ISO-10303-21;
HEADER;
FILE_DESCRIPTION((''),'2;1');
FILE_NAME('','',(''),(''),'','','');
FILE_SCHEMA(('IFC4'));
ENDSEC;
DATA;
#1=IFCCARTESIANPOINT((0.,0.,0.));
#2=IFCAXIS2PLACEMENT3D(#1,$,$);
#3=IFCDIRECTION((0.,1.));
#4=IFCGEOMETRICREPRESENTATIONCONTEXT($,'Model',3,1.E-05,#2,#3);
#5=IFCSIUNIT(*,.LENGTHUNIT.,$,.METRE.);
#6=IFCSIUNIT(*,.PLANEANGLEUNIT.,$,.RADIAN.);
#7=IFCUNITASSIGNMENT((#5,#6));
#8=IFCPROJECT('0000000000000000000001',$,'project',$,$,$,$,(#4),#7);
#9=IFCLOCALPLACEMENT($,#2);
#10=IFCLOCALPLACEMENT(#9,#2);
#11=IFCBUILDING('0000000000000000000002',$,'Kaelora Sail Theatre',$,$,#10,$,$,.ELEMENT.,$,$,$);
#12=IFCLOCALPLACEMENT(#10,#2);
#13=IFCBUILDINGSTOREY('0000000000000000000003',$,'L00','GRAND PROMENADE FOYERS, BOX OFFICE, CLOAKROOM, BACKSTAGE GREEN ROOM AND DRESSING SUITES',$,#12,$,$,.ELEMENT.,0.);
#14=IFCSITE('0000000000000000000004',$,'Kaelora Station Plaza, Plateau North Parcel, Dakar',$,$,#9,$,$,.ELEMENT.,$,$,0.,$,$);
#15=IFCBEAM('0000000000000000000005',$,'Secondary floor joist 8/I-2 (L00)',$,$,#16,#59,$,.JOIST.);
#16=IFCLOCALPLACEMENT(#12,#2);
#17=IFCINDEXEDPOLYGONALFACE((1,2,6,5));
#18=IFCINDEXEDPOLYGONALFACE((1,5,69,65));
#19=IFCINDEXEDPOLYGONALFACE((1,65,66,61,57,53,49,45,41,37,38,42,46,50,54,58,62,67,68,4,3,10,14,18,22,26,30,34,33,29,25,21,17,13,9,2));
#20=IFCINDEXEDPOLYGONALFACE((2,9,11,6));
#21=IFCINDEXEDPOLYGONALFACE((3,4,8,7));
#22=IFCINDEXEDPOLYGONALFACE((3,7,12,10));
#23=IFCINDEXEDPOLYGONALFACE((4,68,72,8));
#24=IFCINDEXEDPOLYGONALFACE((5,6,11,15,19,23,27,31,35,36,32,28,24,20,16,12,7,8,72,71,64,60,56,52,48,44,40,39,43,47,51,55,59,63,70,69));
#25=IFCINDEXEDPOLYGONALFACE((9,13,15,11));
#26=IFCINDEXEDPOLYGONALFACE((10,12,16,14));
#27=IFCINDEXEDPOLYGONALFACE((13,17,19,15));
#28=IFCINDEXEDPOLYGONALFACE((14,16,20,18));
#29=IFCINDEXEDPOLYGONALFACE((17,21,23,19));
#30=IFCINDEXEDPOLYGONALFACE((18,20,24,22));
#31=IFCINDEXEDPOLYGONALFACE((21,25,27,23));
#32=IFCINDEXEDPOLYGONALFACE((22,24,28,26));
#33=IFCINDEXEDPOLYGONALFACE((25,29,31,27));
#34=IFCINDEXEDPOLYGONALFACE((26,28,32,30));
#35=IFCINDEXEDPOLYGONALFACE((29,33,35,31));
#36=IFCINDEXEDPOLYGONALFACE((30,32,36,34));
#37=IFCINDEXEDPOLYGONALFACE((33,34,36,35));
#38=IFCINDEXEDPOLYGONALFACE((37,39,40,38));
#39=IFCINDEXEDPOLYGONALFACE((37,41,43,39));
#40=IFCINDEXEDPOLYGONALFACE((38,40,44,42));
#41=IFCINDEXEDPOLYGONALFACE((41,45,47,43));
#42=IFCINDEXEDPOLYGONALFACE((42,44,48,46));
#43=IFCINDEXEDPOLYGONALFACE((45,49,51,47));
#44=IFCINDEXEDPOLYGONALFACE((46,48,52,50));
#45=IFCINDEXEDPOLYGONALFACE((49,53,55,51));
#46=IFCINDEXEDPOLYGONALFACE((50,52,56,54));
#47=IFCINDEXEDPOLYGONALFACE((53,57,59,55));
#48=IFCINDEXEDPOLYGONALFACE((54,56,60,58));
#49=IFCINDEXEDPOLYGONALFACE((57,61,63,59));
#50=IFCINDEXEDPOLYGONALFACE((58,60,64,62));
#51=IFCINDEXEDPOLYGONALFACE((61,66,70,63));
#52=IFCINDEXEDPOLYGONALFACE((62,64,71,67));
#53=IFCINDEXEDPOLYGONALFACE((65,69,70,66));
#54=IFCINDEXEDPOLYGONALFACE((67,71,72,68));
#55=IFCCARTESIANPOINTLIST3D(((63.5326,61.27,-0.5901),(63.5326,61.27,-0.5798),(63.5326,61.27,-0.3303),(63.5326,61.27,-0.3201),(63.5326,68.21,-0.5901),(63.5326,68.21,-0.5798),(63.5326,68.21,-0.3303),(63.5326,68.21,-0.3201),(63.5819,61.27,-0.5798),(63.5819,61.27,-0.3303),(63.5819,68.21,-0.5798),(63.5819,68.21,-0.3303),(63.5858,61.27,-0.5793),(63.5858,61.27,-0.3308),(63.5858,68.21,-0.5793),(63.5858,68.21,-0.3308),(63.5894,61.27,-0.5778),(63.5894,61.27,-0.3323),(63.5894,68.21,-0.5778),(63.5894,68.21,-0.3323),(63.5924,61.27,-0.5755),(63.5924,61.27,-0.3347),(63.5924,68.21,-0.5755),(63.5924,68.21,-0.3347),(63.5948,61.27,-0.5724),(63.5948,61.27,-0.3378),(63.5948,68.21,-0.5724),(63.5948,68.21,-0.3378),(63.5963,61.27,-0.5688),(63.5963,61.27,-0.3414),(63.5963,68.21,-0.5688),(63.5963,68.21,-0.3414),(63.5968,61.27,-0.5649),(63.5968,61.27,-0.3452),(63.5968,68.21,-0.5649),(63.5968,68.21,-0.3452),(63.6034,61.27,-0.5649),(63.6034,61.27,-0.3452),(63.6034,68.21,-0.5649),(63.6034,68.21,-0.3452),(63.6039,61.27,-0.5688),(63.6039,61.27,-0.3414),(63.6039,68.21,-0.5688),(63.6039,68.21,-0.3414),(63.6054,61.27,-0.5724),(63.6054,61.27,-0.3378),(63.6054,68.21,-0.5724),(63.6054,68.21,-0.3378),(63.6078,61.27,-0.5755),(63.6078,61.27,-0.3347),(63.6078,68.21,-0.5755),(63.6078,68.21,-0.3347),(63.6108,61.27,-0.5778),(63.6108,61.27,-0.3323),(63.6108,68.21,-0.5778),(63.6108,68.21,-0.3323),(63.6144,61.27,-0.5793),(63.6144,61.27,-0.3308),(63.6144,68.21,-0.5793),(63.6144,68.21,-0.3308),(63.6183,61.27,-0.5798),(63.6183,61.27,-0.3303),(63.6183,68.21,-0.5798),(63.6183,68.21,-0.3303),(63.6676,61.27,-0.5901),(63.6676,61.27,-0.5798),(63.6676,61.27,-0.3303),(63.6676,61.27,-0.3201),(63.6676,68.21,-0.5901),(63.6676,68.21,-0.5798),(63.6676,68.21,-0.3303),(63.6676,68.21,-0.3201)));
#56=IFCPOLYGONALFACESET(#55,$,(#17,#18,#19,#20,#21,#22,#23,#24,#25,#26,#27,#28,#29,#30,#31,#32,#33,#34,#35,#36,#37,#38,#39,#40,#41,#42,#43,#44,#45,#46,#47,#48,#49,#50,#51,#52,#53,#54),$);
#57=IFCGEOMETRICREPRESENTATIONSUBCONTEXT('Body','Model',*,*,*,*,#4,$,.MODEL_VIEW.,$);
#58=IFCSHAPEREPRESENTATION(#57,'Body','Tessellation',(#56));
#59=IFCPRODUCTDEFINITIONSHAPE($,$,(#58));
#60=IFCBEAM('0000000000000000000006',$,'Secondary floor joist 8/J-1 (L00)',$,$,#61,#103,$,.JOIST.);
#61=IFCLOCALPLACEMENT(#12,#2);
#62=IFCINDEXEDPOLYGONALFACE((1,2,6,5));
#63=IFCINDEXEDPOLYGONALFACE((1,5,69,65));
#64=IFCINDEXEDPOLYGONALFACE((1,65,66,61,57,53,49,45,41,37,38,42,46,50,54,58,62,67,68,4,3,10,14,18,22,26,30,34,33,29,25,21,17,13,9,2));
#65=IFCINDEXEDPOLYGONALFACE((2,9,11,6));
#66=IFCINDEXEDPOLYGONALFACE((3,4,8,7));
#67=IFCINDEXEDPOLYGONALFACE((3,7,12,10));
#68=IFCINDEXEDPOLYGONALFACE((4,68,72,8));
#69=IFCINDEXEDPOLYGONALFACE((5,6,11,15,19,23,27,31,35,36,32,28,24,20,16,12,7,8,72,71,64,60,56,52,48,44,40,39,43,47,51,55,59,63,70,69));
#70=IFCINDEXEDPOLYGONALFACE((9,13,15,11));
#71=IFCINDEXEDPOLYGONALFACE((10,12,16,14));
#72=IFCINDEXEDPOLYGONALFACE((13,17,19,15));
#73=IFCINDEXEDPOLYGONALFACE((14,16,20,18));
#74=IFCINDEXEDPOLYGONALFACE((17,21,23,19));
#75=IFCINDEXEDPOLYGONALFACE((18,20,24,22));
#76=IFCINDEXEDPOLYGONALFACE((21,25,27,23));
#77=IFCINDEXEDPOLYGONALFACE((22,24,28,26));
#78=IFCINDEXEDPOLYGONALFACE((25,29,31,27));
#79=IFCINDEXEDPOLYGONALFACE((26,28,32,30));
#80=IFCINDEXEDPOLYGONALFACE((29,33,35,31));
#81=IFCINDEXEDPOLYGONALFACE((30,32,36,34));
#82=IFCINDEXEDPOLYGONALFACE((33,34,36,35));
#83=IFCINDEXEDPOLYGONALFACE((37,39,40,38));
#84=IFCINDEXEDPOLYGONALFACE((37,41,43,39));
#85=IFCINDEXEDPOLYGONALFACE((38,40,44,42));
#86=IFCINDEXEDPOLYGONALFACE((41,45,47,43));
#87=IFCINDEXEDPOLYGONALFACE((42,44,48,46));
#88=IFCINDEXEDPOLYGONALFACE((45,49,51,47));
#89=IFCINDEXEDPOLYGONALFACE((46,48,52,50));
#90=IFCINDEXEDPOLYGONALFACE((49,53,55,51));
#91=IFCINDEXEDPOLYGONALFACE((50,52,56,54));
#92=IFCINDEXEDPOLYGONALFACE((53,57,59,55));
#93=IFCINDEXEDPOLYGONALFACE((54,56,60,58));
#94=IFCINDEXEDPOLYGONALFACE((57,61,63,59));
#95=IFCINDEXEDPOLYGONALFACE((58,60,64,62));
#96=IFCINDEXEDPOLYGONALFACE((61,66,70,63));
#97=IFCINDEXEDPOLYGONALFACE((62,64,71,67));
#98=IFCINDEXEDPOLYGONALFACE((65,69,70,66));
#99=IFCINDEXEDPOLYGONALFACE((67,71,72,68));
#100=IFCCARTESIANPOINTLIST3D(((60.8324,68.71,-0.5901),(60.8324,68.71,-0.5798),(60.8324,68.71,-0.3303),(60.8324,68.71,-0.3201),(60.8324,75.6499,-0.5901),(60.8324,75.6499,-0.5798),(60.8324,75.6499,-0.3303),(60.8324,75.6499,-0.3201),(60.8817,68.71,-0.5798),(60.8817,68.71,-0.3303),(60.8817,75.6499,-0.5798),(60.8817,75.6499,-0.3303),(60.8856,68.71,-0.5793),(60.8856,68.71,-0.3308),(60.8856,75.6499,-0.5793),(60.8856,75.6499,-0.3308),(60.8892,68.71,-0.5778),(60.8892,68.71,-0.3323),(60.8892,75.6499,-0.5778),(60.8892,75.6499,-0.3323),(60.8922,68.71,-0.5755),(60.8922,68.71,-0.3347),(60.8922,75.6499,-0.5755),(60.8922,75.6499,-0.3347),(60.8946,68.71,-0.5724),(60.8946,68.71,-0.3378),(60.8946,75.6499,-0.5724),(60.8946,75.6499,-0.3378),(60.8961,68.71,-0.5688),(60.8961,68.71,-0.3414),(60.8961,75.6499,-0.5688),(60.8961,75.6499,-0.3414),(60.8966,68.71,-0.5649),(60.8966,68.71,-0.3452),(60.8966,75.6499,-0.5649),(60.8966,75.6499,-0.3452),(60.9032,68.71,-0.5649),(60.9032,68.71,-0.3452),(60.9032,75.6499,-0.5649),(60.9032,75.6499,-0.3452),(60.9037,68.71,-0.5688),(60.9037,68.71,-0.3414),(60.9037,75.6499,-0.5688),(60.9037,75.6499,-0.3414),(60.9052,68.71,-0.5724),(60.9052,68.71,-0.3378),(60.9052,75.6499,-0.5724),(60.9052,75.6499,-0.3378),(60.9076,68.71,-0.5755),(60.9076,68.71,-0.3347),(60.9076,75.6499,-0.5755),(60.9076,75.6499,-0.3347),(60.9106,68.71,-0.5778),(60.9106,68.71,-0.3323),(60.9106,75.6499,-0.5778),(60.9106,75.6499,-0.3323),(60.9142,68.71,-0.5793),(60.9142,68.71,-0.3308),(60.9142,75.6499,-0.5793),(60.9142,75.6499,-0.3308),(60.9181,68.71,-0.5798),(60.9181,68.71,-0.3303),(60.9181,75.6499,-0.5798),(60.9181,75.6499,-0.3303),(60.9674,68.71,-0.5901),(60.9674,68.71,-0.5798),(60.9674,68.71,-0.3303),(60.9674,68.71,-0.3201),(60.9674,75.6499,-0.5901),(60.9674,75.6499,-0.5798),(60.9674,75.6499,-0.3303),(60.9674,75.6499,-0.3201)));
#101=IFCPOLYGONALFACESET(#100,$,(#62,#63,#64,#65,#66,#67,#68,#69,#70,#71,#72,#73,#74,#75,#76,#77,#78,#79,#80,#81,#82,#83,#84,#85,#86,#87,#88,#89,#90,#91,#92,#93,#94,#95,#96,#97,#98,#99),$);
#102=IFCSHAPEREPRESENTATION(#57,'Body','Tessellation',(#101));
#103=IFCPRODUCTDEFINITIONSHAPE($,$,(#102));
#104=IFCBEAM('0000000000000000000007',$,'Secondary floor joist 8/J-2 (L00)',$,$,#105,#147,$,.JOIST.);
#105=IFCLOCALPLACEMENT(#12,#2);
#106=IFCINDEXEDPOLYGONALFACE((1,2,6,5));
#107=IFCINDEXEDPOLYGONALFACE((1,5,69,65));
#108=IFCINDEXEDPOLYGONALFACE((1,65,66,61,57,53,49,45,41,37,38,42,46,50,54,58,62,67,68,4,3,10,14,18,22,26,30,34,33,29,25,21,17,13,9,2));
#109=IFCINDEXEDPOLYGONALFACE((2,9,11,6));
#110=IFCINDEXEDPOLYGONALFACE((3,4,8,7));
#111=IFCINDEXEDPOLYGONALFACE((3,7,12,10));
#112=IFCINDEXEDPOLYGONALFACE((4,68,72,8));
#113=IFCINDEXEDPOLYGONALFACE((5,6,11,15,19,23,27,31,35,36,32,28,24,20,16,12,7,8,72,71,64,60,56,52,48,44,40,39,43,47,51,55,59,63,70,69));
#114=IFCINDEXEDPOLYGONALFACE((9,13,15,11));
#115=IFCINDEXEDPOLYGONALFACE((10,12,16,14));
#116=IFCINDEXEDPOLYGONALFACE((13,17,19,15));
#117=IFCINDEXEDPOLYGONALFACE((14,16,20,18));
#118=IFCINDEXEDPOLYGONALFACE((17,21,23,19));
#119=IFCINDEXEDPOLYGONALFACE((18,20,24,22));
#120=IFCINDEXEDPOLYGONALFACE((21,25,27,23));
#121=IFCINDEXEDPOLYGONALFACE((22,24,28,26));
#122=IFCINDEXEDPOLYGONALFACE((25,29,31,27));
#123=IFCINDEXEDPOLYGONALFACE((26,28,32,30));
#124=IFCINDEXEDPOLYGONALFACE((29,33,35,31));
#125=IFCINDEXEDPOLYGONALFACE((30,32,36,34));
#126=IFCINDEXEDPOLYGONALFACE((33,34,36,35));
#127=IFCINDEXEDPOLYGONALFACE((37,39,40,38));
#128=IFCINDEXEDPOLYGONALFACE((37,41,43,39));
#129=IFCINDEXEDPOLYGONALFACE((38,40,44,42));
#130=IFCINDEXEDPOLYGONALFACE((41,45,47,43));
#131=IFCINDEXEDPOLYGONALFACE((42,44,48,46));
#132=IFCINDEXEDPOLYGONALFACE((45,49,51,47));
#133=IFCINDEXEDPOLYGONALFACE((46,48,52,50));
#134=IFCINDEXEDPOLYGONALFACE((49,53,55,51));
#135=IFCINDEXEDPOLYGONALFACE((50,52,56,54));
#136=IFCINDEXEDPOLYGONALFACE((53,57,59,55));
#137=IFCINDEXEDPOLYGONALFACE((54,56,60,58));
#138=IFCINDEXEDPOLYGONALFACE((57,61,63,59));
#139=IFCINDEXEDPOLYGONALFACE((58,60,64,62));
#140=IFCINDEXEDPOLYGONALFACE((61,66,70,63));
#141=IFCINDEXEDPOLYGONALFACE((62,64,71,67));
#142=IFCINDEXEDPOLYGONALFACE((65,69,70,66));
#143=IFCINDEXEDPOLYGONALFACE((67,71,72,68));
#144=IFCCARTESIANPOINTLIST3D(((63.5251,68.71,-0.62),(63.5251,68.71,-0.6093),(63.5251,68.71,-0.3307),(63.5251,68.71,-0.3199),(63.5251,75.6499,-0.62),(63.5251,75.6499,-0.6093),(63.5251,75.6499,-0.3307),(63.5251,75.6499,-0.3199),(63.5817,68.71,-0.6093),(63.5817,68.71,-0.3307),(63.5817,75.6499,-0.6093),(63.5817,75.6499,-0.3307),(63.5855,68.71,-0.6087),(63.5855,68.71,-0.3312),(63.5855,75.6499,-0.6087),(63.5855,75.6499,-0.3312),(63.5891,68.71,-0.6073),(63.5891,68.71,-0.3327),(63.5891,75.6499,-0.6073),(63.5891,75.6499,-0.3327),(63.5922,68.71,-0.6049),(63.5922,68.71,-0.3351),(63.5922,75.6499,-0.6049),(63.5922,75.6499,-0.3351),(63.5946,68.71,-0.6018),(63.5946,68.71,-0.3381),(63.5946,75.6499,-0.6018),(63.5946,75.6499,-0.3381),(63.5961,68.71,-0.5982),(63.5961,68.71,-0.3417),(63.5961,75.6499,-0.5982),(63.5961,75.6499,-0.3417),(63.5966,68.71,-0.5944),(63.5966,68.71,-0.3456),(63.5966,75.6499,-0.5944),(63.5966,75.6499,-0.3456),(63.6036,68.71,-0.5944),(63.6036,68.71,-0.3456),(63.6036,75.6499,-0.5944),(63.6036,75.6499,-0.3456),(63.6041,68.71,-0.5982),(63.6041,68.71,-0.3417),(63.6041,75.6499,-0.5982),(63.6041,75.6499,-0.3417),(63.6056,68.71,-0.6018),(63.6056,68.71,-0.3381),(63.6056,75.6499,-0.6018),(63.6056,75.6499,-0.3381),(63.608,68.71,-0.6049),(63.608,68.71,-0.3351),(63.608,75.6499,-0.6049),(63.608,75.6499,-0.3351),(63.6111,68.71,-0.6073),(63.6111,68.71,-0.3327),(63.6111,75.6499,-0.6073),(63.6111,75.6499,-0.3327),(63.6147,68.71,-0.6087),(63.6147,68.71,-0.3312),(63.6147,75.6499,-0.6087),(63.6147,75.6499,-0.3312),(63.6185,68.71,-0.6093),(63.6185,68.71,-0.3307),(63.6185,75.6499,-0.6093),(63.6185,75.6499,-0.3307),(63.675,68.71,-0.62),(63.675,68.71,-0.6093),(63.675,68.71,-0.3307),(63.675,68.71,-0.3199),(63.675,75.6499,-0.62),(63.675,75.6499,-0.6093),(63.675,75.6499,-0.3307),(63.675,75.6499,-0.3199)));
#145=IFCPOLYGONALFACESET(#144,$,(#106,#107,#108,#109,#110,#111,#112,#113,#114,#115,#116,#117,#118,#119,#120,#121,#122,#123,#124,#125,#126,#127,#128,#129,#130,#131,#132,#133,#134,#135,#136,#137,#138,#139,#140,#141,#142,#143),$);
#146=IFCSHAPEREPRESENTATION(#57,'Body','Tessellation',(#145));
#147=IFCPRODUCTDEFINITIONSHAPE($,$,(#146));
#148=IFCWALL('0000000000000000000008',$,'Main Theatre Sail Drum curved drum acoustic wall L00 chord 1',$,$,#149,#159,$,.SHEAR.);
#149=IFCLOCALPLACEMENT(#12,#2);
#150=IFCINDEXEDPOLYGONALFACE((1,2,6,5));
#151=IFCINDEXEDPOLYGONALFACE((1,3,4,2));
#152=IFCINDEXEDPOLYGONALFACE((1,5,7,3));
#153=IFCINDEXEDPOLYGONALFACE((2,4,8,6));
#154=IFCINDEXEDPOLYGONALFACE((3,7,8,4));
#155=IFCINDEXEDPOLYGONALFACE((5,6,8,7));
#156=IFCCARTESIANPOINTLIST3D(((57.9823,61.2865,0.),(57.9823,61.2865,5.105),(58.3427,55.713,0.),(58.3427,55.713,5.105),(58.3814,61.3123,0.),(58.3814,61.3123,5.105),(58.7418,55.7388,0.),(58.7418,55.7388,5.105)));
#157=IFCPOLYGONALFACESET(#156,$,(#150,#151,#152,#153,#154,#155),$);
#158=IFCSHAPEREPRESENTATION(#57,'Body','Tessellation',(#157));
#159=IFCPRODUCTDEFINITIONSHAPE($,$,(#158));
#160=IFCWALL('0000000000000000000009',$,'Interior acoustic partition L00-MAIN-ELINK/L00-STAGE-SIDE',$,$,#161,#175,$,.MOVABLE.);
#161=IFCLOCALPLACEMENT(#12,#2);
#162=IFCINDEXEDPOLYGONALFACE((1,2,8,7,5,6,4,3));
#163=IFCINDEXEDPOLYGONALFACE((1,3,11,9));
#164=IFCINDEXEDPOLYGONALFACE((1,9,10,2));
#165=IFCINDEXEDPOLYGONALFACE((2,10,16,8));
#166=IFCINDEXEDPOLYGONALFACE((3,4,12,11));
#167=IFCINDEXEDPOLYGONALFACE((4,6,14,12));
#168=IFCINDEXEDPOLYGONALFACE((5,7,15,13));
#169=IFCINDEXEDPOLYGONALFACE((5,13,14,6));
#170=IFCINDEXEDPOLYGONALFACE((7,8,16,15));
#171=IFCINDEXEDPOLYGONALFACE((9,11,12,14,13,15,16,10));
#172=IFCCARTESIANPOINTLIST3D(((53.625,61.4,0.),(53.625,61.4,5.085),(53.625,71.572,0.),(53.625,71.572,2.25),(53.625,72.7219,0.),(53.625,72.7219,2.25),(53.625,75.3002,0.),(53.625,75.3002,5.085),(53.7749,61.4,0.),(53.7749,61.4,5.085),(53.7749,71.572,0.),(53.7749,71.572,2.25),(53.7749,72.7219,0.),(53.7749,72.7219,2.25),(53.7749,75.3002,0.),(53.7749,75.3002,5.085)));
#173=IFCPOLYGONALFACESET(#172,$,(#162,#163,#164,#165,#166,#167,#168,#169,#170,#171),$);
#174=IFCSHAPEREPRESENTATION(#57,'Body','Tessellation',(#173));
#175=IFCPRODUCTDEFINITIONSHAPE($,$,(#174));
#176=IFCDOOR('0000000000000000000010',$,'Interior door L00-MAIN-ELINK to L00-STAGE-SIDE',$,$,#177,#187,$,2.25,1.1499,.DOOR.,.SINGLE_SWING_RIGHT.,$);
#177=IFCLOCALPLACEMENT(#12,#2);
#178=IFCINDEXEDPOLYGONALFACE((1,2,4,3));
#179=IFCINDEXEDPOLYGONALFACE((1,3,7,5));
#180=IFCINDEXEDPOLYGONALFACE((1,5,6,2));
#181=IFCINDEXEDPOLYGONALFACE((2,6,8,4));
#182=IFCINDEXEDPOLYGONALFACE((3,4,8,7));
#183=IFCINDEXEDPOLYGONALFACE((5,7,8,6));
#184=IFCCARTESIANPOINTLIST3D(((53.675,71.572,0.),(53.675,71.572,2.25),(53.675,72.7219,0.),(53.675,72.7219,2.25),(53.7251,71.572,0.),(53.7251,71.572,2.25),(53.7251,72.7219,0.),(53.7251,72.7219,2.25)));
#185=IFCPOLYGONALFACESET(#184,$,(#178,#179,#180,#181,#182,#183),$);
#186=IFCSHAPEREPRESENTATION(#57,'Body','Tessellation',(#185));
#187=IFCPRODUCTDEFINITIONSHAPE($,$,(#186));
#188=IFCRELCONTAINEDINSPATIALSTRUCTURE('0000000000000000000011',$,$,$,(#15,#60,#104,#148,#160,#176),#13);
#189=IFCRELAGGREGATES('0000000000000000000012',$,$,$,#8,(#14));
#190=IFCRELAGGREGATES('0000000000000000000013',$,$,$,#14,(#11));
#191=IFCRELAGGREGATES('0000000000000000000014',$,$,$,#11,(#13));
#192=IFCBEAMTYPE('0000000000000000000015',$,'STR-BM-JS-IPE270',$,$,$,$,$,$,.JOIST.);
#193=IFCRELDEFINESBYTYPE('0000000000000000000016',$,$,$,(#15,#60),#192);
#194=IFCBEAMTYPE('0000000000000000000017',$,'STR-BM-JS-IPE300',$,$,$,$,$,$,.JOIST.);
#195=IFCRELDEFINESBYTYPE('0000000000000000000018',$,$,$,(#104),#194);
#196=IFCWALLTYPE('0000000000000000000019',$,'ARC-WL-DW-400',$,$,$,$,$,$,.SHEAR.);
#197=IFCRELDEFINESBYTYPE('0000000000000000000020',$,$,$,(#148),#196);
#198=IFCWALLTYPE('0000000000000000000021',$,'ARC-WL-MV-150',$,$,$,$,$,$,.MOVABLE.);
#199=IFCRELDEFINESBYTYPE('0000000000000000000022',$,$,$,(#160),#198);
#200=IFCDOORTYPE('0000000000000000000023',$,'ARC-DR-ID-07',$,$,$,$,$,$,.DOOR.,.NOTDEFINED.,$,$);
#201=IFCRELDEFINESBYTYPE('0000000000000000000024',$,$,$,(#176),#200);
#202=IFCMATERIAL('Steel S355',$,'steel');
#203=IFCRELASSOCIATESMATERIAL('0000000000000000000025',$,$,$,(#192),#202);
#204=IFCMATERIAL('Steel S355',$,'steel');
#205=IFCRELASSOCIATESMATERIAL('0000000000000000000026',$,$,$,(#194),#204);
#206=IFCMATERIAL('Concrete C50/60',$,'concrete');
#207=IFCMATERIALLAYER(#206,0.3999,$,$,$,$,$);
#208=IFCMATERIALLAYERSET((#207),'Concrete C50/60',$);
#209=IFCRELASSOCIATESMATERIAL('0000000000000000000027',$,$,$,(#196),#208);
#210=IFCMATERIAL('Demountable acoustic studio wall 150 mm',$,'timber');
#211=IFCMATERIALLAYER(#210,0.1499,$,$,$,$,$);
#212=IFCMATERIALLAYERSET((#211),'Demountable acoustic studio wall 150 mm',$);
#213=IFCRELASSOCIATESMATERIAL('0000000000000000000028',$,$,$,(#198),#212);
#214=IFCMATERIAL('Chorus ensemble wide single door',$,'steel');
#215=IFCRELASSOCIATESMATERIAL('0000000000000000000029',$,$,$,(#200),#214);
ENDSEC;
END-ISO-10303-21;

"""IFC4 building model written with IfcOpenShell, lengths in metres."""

from ifc_helpers import new_model, si_unit, direction, frame, frame_2d, origin, origin_2d, place, context, subcontext, project, spatial, rectangle, i_section, extrude, material, layer, layer_set, material_profile, profile_set, type_object, element, fill, save


model = new_model("IFC4")

# Units and contexts
model_context = context("Model", 3, precision=1e-05, world=origin(), true_north=direction((0.0, 1.0)))
body_context = subcontext(model_context, "Body", "Model", "MODEL_VIEW")
ifc_project = project(units=[si_unit("LENGTHUNIT", "METRE"), si_unit("PLANEANGLEUNIT", "RADIAN")], contexts=[model_context])

# Site, building, storey
site_placement = place(None, origin())
site = spatial("IfcSite", under=ifc_project, at=site_placement, Name="Kaelora Station Plaza, Plateau North Parcel, Dakar", CompositionType="ELEMENT", RefElevation=0.0)
building_placement = place(site_placement, origin())
building = spatial("IfcBuilding", under=site, at=building_placement, Name="Kaelora Sail Theatre", CompositionType="ELEMENT")
storey_placement = place(building_placement, origin())
storey = spatial("IfcBuildingStorey", under=building, at=storey_placement, Name="L00", Description="GRAND PROMENADE FOYERS, BOX OFFICE, CLOAKROOM, BACKSTAGE GREEN ROOM AND DRESSING SUITES", CompositionType="ELEMENT", Elevation=0.0)

# Beams
ifc_material_1 = material(Name="Steel S355", Category="steel")
ifc_material_profile_1 = material_profile(ifc_material_1, i_section(OverallWidth=0.135, OverallDepth=0.27, WebThickness=0.0066, FlangeThickness=0.0103, FilletRadius=0.0149, at=origin_2d()), Name="IPE 270")
ifc_profile_set_1 = profile_set([ifc_material_profile_1], Name="Steel S355")
beam_type_1 = type_object("IfcBeamType", Name="STR-BM-JS-IPE270", PredefinedType="JOIST", material=ifc_profile_set_1)
for number, where, z_axis, x_axis, name in (
    (1, (63.6001, 61.27, -0.4551), (0.0, 1.0, 0.0), (-1.0, 0.0, 0.0), "Secondary floor joist 8/I-2 (L00)"),
    (2, (60.8999, 68.71, -0.4551), (0.0, 1.0, 0.0), (-1.0, 0.0, 0.0), "Secondary floor joist 8/J-1 (L00)"),
):
    element("IfcBeam", number, at=place(storey_placement, frame(where, z_axis=z_axis, x_axis=x_axis)), inside=storey, type_object=beam_type_1, Name=name, PredefinedType="JOIST", context=body_context, shape_type="SweptSolid", body=[
        extrude(i_section(OverallWidth=0.135, OverallDepth=0.27, WebThickness=0.0066, FlangeThickness=0.0103, FilletRadius=0.0149, at=origin_2d()), origin(), (0.0, 0.0, 1.0), 6.9399),
    ])
ifc_material_2 = material(Name="Steel S355", Category="steel")
ifc_material_profile_2 = material_profile(ifc_material_2, i_section(OverallWidth=0.1499, OverallDepth=0.3, WebThickness=0.0071, FlangeThickness=0.0107, FilletRadius=0.0149, at=origin_2d()), Name="IPE 300")
ifc_profile_set_2 = profile_set([ifc_material_profile_2], Name="Steel S355")
beam_type_2 = type_object("IfcBeamType", Name="STR-BM-JS-IPE300", PredefinedType="JOIST", material=ifc_profile_set_2)
beam_1_placement = place(storey_placement, frame((63.6001, 68.71, -0.47), z_axis=(0.0, 1.0, 0.0), x_axis=(-1.0, 0.0, 0.0)))
element("IfcBeam", 3, at=beam_1_placement, inside=storey, type_object=beam_type_2, Name="Secondary floor joist 8/J-2 (L00)", PredefinedType="JOIST", context=body_context, shape_type="SweptSolid", body=[
    extrude(i_section(OverallWidth=0.1499, OverallDepth=0.3, WebThickness=0.0071, FlangeThickness=0.0107, FilletRadius=0.0149, at=origin_2d()), origin(), (0.0, 0.0, 1.0), 6.9399),
])

# Wall
ifc_material_3 = material(Name="Concrete C50/60", Category="concrete")
ifc_layer_1 = layer(ifc_material_3, 0.3999)
ifc_layer_set_1 = layer_set([ifc_layer_1], Name="Concrete C50/60")
wall_type_1 = type_object("IfcWallType", Name="ARC-WL-DW-400", PredefinedType="SHEAR", material=ifc_layer_set_1)
wall_1_placement = place(storey_placement, frame((58.1819, 61.2993, 0.0), z_axis=(0.0, 0.0, 1.0), x_axis=(0.06452, -0.997916, 0.0)))
element("IfcWall", 4, at=wall_1_placement, inside=storey, type_object=wall_type_1, Name="Main Theatre Sail Drum curved drum acoustic wall L00 chord 1", PredefinedType="SHEAR", context=body_context, shape_type="SweptSolid", body=[
    extrude(rectangle(XDim=5.5852, YDim=0.3999, at=frame_2d((2.7925, 0.0))), origin(), (0.0, 0.0, 1.0), 5.105),
])

# Wall, opening, door
ifc_material_4 = material(Name="Demountable acoustic studio wall 150 mm", Category="timber")
ifc_layer_2 = layer(ifc_material_4, 0.1499)
ifc_layer_set_2 = layer_set([ifc_layer_2], Name="Demountable acoustic studio wall 150 mm")
wall_type_2 = type_object("IfcWallType", Name="ARC-WL-MV-150", PredefinedType="MOVABLE", material=ifc_layer_set_2)
wall_2_placement = place(storey_placement, frame((53.7, 61.3999, 0.0), z_axis=(0.0, 0.0, 1.0), x_axis=(0.0, 1.0, 0.0)))
wall_2 = element("IfcWall", 5, at=wall_2_placement, inside=storey, type_object=wall_type_2, Name="Interior acoustic partition L00-MAIN-ELINK/L00-STAGE-SIDE", PredefinedType="MOVABLE", context=body_context, shape_type="SweptSolid", body=[
    extrude(rectangle(XDim=13.9001, YDim=0.1499, at=frame_2d((6.9502, 0.0))), origin(), (0.0, 0.0, 1.0), 5.085),
])
opening_1_placement = place(wall_2_placement, frame((10.1721, 0.0, 0.0)))
opening_1 = element("IfcOpeningElement", 6, at=opening_1_placement, cuts=wall_2, PredefinedType="OPENING", context=body_context, shape_type="SweptSolid", body=[
    extrude(rectangle(XDim=1.1499, YDim=2.25, at=frame_2d((0.575, 1.125))), frame((0.0, 0.085, 0.0), z_axis=(0.0, -1.0, 0.0), x_axis=(1.0, 0.0, 0.0)), (0.0, 0.0, 1.0), 0.1699),
])
ifc_material_5 = material(Name="Chorus ensemble wide single door", Category="steel")
door_type_1 = type_object("IfcDoorType", Name="ARC-DR-ID-07", OperationType="NOTDEFINED", PredefinedType="DOOR", material=ifc_material_5)
door_1_placement = place(opening_1_placement, origin())
door_1 = element("IfcDoor", 7, at=door_1_placement, inside=storey, type_object=door_type_1, Name="Interior door L00-MAIN-ELINK to L00-STAGE-SIDE", OperationType="SINGLE_SWING_RIGHT", OverallHeight=2.25, OverallWidth=1.1499, PredefinedType="DOOR", context=body_context, shape_type="SweptSolid", body=[
    extrude(rectangle(XDim=1.1499, YDim=2.25, at=frame_2d((0.575, 1.125))), frame((0.0, 0.0249, 0.0), z_axis=(0.0, -1.0, 0.0), x_axis=(1.0, 0.0, 0.0)), (0.0, 0.0, 1.0), 0.05),
])
fill(opening_1, door_1)

save(model, "model.ifc")
